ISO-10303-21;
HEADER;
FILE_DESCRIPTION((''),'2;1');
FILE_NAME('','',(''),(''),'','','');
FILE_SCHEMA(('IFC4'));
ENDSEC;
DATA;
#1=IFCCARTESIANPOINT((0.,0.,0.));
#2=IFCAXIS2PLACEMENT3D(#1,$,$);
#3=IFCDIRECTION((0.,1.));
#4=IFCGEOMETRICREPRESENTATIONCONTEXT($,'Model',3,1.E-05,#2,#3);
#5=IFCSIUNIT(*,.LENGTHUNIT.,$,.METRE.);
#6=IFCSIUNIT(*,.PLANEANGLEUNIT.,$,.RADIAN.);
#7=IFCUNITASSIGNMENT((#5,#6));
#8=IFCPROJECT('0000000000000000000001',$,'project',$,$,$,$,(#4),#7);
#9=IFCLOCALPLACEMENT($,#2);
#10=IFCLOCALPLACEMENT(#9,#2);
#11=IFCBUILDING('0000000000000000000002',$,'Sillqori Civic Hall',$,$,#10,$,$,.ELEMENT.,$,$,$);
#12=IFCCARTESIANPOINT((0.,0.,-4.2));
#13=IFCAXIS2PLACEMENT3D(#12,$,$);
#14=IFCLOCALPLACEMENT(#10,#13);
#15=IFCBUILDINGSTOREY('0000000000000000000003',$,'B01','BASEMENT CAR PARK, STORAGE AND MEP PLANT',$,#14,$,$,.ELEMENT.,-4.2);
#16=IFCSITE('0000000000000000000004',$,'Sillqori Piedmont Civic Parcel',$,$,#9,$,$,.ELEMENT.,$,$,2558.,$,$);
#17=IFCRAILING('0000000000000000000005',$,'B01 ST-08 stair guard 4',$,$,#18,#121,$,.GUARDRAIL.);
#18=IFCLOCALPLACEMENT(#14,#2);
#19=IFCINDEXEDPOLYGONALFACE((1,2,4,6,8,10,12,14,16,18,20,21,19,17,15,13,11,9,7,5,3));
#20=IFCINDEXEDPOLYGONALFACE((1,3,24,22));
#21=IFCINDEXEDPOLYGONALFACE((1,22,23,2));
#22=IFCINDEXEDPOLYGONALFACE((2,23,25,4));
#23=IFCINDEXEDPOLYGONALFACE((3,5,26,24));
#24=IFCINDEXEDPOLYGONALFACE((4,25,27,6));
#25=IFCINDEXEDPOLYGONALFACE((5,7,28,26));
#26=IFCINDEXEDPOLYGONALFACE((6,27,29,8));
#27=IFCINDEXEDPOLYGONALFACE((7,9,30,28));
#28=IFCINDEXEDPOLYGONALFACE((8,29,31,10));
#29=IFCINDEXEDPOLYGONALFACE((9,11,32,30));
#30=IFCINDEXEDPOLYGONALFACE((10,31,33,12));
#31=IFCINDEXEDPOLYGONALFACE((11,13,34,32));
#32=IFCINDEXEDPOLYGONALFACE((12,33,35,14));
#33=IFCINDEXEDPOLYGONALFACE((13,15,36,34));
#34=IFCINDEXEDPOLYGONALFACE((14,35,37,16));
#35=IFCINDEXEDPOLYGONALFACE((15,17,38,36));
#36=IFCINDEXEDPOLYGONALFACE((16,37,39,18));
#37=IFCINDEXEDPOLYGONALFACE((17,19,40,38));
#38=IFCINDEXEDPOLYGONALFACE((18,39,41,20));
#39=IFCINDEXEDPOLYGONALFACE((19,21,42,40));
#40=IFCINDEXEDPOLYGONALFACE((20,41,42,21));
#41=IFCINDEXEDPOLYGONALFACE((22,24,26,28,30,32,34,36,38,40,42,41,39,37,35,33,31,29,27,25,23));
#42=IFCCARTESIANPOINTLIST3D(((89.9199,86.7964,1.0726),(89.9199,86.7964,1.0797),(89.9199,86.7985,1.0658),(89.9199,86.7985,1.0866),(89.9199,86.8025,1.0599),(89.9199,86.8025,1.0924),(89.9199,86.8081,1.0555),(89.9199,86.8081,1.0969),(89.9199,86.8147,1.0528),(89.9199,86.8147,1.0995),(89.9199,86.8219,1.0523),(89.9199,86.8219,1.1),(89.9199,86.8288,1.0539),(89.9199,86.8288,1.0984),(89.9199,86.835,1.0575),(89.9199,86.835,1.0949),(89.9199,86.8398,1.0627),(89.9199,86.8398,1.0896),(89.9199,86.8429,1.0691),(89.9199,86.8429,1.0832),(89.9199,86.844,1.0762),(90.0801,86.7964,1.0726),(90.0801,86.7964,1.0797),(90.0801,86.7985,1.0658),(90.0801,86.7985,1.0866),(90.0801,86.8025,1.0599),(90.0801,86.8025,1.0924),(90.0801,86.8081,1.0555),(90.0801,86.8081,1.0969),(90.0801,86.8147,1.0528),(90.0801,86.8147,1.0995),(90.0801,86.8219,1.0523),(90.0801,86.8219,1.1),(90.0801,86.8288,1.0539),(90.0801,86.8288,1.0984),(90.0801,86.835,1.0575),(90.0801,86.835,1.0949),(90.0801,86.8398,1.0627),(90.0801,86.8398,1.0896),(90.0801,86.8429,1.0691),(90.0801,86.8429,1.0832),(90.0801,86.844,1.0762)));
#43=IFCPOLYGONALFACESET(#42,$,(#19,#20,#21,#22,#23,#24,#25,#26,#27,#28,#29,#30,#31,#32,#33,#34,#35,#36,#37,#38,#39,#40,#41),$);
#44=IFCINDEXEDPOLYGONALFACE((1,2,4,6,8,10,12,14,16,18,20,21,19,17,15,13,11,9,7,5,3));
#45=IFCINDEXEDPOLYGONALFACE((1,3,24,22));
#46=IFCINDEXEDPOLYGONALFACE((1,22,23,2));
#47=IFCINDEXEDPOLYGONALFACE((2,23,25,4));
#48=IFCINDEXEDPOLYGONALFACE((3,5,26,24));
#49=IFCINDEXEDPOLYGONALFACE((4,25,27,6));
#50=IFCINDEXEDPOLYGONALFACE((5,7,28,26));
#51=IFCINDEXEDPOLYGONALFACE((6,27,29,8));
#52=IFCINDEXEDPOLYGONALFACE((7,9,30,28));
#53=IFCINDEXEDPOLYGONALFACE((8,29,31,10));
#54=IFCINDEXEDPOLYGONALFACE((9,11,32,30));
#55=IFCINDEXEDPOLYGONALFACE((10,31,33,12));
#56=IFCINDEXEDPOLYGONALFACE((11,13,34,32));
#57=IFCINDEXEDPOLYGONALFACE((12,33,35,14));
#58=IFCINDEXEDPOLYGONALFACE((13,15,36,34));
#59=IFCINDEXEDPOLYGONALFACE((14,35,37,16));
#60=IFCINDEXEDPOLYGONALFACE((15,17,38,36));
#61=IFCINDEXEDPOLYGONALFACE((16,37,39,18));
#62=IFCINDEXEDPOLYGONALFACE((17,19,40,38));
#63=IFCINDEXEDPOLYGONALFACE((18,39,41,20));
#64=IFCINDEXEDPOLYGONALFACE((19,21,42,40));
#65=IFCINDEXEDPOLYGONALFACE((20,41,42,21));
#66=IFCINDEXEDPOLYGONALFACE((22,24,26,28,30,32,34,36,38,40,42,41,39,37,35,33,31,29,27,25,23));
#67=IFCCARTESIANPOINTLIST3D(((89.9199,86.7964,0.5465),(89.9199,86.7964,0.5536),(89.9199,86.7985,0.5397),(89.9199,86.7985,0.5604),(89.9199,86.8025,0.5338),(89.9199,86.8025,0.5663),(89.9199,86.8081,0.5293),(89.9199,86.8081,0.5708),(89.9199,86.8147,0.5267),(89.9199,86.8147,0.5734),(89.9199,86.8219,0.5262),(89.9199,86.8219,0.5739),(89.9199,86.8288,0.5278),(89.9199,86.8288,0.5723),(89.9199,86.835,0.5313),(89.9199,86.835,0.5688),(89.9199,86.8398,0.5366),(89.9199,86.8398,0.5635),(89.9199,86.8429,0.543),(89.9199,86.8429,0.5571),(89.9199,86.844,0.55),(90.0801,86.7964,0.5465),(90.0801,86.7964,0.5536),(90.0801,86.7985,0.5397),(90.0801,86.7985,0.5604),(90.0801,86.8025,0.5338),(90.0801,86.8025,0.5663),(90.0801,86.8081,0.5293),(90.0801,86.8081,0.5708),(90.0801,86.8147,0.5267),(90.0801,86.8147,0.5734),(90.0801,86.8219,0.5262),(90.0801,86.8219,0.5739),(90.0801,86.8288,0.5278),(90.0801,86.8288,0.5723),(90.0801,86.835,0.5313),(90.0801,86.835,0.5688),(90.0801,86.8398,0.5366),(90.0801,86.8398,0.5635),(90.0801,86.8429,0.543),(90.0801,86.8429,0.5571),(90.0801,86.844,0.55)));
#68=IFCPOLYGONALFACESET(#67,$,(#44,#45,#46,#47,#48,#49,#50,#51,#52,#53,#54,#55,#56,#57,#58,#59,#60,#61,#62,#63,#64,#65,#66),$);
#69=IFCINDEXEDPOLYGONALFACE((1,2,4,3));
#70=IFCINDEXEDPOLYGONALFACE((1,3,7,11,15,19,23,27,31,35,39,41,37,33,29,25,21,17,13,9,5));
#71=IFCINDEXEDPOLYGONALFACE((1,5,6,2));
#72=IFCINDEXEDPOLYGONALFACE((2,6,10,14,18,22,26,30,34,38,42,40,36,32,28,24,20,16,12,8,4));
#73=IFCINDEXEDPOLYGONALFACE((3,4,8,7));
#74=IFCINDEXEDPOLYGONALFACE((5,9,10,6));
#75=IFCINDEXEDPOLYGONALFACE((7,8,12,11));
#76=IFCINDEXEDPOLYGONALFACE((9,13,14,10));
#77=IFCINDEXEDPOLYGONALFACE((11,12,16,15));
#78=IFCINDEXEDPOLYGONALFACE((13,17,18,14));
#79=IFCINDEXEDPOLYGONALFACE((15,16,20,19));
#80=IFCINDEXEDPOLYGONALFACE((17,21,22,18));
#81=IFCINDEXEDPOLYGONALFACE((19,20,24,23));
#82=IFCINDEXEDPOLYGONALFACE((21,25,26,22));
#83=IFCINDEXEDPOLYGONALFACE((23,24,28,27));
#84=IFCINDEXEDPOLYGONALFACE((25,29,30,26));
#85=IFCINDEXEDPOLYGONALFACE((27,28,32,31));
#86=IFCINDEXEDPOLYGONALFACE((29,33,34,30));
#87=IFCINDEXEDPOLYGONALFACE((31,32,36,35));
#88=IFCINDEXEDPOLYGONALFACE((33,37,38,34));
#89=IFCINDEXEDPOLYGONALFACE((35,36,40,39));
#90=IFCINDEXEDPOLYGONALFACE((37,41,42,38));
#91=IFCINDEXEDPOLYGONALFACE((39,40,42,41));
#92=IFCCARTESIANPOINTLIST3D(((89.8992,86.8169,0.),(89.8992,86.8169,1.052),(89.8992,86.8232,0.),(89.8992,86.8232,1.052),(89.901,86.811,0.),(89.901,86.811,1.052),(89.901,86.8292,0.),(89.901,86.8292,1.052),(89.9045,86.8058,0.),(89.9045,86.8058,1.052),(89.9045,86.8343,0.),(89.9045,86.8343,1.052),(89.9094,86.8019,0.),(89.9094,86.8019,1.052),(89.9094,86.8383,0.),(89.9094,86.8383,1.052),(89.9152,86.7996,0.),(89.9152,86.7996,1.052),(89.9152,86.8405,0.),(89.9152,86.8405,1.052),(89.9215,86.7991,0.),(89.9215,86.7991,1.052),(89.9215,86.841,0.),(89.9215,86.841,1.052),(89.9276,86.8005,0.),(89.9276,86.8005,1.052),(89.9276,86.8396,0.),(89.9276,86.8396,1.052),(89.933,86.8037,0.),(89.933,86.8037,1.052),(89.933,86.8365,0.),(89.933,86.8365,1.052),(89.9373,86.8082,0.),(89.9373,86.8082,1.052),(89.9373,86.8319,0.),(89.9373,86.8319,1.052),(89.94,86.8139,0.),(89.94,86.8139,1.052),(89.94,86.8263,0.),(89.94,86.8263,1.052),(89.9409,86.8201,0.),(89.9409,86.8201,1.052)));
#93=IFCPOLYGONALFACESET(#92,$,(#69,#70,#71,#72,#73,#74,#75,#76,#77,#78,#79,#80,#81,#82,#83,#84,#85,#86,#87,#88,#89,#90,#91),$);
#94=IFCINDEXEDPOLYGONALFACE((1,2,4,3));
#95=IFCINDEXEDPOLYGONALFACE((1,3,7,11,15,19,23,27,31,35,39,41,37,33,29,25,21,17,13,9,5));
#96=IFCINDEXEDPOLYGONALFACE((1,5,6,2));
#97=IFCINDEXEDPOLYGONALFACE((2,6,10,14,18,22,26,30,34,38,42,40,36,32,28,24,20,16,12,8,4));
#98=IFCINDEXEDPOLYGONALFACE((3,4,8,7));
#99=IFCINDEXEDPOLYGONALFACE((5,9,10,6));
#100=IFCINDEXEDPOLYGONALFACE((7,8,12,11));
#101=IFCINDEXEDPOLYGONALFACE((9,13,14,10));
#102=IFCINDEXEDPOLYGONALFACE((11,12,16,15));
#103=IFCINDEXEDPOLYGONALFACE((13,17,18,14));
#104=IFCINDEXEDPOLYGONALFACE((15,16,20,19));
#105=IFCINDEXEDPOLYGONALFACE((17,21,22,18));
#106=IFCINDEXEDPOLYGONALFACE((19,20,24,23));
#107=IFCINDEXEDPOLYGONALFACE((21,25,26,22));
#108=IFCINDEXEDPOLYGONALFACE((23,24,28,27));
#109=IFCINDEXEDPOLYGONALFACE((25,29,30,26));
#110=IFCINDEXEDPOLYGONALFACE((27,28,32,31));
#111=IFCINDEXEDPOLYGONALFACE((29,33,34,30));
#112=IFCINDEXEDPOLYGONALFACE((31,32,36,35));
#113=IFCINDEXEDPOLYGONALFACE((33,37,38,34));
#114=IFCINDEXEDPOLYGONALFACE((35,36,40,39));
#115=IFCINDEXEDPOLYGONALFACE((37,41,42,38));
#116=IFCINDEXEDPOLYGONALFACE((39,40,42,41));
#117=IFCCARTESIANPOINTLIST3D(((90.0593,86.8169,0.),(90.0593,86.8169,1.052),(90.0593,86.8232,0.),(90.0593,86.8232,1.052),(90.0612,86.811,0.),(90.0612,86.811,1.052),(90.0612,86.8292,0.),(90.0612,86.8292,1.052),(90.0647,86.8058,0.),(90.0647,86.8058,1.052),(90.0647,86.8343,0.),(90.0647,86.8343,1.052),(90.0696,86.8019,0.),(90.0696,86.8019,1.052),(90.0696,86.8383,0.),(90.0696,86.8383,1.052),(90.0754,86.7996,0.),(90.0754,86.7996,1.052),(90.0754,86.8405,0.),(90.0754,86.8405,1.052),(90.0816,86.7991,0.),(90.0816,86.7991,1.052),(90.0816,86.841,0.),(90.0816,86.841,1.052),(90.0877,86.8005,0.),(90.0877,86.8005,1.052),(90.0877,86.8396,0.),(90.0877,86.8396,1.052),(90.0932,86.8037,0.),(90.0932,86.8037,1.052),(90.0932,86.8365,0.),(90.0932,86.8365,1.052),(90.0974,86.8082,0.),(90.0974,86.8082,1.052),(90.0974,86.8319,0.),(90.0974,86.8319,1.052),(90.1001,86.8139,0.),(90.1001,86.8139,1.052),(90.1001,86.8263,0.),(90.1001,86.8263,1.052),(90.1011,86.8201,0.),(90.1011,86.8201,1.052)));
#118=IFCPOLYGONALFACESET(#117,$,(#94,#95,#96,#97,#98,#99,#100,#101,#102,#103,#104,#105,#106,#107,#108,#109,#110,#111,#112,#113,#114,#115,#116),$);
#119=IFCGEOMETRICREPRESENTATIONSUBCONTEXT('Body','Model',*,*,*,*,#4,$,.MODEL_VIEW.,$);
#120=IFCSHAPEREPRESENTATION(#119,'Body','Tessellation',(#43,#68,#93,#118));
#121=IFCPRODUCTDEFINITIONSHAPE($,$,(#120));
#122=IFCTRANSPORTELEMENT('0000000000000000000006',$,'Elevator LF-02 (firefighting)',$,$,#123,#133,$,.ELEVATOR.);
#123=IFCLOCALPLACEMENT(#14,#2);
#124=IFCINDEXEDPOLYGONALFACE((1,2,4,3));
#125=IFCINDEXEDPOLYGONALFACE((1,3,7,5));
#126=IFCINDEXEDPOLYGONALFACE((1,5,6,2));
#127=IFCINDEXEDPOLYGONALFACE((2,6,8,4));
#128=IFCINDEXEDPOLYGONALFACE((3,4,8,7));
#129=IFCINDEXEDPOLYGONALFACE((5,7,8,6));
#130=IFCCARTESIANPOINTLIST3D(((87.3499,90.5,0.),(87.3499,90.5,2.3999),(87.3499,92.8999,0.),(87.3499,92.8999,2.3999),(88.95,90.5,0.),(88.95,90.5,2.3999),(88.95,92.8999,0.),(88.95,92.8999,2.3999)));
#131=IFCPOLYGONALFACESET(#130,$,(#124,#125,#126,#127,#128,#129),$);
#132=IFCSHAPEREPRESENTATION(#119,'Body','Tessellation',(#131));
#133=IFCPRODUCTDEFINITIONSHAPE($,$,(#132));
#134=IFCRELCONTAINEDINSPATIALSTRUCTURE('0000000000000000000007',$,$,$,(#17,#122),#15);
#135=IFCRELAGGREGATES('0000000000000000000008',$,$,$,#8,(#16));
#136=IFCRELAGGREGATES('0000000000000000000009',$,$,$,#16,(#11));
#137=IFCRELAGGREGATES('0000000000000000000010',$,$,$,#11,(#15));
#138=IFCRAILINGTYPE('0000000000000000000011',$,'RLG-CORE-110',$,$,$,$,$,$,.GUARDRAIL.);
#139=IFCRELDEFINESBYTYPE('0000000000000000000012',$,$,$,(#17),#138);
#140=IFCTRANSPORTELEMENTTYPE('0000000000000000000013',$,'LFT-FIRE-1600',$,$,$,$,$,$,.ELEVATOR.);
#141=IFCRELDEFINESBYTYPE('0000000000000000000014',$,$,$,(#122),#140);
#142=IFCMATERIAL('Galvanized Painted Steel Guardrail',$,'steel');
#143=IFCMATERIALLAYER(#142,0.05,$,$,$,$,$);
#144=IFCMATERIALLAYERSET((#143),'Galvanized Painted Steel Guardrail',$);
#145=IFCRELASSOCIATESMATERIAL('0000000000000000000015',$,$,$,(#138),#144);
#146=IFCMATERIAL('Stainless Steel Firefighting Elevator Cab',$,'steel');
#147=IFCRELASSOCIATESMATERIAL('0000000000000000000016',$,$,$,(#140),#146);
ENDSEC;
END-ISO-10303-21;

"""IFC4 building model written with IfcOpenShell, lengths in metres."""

from ifc_helpers import new_model, si_unit, direction, frame, origin, origin_2d, place, context, subcontext, project, spatial, rectangle, circle, extrude, material, layer, layer_set, type_object, element, save


model = new_model("IFC4")

# Units and contexts
model_context = context("Model", 3, precision=1e-05, world=origin(), true_north=direction((0.0, 1.0)))
body_context = subcontext(model_context, "Body", "Model", "MODEL_VIEW")
ifc_project = project(units=[si_unit("LENGTHUNIT", "METRE"), si_unit("PLANEANGLEUNIT", "RADIAN")], contexts=[model_context])

# Site, building, storey
site_placement = place(None, origin())
site = spatial("IfcSite", under=ifc_project, at=site_placement, Name="Sillqori Piedmont Civic Parcel", CompositionType="ELEMENT", RefElevation=2558.0)
building_placement = place(site_placement, origin())
building = spatial("IfcBuilding", under=site, at=building_placement, Name="Sillqori Civic Hall", CompositionType="ELEMENT")
storey_placement = place(building_placement, frame((0.0, 0.0, -4.2)))
storey = spatial("IfcBuildingStorey", under=building, at=storey_placement, Name="B01", Description="BASEMENT CAR PARK, STORAGE AND MEP PLANT", CompositionType="ELEMENT", Elevation=-4.2)

# Railing
ifc_material_1 = material(Name="Galvanized Painted Steel Guardrail", Category="steel")
ifc_layer_1 = layer(ifc_material_1, 0.05)
ifc_layer_set_1 = layer_set([ifc_layer_1], Name="Galvanized Painted Steel Guardrail")
railing_type_1 = type_object("IfcRailingType", Name="RLG-CORE-110", PredefinedType="GUARDRAIL", material=ifc_layer_set_1)
railing_1_placement = place(storey_placement, frame((89.9199, 86.8201, 0.0)))
element("IfcRailing", 1, at=railing_1_placement, inside=storey, type_object=railing_type_1, Name="B01 ST-08 stair guard 4", PredefinedType="GUARDRAIL", context=body_context, shape_type="SweptSolid", body=[
    extrude(circle(Radius=0.0239, at=origin_2d()), frame((0.0, 0.0, 1.0762), z_axis=(1.0, 0.0, 0.0), x_axis=(0.0, 1.0, 0.0)), (0.0, 0.0, 1.0), 0.1602),
    extrude(circle(Radius=0.0239, at=origin_2d()), frame((0.0, 0.0, 0.55), z_axis=(1.0, 0.0, 0.0), x_axis=(0.0, 1.0, 0.0)), (0.0, 0.0, 1.0), 0.1602),
    extrude(circle(Radius=0.021, at=origin_2d()), origin(), (0.0, 0.0, 1.0), 1.052),
    extrude(circle(Radius=0.021, at=origin_2d()), frame((0.1602, 0.0, 0.0)), (0.0, 0.0, 1.0), 1.052),
])

# Transport element
ifc_material_2 = material(Name="Stainless Steel Firefighting Elevator Cab", Category="steel")
transport_element_type = type_object("IfcTransportElementType", Name="LFT-FIRE-1600", PredefinedType="ELEVATOR", material=ifc_material_2)
transport_element_placement = place(storey_placement, frame((88.1499, 91.7, 0.0), z_axis=(0.0, 0.0, 1.0), x_axis=(1.0, 0.0, 0.0)))
element("IfcTransportElement", 2, at=transport_element_placement, inside=storey, type_object=transport_element_type, Name="Elevator LF-02 (firefighting)", PredefinedType="ELEVATOR", context=body_context, shape_type="SweptSolid", body=[
    extrude(rectangle(XDim=1.6001, YDim=2.3999, at=origin_2d()), origin(), (0.0, 0.0, 1.0), 2.3999),
])

save(model, "model.ifc")
